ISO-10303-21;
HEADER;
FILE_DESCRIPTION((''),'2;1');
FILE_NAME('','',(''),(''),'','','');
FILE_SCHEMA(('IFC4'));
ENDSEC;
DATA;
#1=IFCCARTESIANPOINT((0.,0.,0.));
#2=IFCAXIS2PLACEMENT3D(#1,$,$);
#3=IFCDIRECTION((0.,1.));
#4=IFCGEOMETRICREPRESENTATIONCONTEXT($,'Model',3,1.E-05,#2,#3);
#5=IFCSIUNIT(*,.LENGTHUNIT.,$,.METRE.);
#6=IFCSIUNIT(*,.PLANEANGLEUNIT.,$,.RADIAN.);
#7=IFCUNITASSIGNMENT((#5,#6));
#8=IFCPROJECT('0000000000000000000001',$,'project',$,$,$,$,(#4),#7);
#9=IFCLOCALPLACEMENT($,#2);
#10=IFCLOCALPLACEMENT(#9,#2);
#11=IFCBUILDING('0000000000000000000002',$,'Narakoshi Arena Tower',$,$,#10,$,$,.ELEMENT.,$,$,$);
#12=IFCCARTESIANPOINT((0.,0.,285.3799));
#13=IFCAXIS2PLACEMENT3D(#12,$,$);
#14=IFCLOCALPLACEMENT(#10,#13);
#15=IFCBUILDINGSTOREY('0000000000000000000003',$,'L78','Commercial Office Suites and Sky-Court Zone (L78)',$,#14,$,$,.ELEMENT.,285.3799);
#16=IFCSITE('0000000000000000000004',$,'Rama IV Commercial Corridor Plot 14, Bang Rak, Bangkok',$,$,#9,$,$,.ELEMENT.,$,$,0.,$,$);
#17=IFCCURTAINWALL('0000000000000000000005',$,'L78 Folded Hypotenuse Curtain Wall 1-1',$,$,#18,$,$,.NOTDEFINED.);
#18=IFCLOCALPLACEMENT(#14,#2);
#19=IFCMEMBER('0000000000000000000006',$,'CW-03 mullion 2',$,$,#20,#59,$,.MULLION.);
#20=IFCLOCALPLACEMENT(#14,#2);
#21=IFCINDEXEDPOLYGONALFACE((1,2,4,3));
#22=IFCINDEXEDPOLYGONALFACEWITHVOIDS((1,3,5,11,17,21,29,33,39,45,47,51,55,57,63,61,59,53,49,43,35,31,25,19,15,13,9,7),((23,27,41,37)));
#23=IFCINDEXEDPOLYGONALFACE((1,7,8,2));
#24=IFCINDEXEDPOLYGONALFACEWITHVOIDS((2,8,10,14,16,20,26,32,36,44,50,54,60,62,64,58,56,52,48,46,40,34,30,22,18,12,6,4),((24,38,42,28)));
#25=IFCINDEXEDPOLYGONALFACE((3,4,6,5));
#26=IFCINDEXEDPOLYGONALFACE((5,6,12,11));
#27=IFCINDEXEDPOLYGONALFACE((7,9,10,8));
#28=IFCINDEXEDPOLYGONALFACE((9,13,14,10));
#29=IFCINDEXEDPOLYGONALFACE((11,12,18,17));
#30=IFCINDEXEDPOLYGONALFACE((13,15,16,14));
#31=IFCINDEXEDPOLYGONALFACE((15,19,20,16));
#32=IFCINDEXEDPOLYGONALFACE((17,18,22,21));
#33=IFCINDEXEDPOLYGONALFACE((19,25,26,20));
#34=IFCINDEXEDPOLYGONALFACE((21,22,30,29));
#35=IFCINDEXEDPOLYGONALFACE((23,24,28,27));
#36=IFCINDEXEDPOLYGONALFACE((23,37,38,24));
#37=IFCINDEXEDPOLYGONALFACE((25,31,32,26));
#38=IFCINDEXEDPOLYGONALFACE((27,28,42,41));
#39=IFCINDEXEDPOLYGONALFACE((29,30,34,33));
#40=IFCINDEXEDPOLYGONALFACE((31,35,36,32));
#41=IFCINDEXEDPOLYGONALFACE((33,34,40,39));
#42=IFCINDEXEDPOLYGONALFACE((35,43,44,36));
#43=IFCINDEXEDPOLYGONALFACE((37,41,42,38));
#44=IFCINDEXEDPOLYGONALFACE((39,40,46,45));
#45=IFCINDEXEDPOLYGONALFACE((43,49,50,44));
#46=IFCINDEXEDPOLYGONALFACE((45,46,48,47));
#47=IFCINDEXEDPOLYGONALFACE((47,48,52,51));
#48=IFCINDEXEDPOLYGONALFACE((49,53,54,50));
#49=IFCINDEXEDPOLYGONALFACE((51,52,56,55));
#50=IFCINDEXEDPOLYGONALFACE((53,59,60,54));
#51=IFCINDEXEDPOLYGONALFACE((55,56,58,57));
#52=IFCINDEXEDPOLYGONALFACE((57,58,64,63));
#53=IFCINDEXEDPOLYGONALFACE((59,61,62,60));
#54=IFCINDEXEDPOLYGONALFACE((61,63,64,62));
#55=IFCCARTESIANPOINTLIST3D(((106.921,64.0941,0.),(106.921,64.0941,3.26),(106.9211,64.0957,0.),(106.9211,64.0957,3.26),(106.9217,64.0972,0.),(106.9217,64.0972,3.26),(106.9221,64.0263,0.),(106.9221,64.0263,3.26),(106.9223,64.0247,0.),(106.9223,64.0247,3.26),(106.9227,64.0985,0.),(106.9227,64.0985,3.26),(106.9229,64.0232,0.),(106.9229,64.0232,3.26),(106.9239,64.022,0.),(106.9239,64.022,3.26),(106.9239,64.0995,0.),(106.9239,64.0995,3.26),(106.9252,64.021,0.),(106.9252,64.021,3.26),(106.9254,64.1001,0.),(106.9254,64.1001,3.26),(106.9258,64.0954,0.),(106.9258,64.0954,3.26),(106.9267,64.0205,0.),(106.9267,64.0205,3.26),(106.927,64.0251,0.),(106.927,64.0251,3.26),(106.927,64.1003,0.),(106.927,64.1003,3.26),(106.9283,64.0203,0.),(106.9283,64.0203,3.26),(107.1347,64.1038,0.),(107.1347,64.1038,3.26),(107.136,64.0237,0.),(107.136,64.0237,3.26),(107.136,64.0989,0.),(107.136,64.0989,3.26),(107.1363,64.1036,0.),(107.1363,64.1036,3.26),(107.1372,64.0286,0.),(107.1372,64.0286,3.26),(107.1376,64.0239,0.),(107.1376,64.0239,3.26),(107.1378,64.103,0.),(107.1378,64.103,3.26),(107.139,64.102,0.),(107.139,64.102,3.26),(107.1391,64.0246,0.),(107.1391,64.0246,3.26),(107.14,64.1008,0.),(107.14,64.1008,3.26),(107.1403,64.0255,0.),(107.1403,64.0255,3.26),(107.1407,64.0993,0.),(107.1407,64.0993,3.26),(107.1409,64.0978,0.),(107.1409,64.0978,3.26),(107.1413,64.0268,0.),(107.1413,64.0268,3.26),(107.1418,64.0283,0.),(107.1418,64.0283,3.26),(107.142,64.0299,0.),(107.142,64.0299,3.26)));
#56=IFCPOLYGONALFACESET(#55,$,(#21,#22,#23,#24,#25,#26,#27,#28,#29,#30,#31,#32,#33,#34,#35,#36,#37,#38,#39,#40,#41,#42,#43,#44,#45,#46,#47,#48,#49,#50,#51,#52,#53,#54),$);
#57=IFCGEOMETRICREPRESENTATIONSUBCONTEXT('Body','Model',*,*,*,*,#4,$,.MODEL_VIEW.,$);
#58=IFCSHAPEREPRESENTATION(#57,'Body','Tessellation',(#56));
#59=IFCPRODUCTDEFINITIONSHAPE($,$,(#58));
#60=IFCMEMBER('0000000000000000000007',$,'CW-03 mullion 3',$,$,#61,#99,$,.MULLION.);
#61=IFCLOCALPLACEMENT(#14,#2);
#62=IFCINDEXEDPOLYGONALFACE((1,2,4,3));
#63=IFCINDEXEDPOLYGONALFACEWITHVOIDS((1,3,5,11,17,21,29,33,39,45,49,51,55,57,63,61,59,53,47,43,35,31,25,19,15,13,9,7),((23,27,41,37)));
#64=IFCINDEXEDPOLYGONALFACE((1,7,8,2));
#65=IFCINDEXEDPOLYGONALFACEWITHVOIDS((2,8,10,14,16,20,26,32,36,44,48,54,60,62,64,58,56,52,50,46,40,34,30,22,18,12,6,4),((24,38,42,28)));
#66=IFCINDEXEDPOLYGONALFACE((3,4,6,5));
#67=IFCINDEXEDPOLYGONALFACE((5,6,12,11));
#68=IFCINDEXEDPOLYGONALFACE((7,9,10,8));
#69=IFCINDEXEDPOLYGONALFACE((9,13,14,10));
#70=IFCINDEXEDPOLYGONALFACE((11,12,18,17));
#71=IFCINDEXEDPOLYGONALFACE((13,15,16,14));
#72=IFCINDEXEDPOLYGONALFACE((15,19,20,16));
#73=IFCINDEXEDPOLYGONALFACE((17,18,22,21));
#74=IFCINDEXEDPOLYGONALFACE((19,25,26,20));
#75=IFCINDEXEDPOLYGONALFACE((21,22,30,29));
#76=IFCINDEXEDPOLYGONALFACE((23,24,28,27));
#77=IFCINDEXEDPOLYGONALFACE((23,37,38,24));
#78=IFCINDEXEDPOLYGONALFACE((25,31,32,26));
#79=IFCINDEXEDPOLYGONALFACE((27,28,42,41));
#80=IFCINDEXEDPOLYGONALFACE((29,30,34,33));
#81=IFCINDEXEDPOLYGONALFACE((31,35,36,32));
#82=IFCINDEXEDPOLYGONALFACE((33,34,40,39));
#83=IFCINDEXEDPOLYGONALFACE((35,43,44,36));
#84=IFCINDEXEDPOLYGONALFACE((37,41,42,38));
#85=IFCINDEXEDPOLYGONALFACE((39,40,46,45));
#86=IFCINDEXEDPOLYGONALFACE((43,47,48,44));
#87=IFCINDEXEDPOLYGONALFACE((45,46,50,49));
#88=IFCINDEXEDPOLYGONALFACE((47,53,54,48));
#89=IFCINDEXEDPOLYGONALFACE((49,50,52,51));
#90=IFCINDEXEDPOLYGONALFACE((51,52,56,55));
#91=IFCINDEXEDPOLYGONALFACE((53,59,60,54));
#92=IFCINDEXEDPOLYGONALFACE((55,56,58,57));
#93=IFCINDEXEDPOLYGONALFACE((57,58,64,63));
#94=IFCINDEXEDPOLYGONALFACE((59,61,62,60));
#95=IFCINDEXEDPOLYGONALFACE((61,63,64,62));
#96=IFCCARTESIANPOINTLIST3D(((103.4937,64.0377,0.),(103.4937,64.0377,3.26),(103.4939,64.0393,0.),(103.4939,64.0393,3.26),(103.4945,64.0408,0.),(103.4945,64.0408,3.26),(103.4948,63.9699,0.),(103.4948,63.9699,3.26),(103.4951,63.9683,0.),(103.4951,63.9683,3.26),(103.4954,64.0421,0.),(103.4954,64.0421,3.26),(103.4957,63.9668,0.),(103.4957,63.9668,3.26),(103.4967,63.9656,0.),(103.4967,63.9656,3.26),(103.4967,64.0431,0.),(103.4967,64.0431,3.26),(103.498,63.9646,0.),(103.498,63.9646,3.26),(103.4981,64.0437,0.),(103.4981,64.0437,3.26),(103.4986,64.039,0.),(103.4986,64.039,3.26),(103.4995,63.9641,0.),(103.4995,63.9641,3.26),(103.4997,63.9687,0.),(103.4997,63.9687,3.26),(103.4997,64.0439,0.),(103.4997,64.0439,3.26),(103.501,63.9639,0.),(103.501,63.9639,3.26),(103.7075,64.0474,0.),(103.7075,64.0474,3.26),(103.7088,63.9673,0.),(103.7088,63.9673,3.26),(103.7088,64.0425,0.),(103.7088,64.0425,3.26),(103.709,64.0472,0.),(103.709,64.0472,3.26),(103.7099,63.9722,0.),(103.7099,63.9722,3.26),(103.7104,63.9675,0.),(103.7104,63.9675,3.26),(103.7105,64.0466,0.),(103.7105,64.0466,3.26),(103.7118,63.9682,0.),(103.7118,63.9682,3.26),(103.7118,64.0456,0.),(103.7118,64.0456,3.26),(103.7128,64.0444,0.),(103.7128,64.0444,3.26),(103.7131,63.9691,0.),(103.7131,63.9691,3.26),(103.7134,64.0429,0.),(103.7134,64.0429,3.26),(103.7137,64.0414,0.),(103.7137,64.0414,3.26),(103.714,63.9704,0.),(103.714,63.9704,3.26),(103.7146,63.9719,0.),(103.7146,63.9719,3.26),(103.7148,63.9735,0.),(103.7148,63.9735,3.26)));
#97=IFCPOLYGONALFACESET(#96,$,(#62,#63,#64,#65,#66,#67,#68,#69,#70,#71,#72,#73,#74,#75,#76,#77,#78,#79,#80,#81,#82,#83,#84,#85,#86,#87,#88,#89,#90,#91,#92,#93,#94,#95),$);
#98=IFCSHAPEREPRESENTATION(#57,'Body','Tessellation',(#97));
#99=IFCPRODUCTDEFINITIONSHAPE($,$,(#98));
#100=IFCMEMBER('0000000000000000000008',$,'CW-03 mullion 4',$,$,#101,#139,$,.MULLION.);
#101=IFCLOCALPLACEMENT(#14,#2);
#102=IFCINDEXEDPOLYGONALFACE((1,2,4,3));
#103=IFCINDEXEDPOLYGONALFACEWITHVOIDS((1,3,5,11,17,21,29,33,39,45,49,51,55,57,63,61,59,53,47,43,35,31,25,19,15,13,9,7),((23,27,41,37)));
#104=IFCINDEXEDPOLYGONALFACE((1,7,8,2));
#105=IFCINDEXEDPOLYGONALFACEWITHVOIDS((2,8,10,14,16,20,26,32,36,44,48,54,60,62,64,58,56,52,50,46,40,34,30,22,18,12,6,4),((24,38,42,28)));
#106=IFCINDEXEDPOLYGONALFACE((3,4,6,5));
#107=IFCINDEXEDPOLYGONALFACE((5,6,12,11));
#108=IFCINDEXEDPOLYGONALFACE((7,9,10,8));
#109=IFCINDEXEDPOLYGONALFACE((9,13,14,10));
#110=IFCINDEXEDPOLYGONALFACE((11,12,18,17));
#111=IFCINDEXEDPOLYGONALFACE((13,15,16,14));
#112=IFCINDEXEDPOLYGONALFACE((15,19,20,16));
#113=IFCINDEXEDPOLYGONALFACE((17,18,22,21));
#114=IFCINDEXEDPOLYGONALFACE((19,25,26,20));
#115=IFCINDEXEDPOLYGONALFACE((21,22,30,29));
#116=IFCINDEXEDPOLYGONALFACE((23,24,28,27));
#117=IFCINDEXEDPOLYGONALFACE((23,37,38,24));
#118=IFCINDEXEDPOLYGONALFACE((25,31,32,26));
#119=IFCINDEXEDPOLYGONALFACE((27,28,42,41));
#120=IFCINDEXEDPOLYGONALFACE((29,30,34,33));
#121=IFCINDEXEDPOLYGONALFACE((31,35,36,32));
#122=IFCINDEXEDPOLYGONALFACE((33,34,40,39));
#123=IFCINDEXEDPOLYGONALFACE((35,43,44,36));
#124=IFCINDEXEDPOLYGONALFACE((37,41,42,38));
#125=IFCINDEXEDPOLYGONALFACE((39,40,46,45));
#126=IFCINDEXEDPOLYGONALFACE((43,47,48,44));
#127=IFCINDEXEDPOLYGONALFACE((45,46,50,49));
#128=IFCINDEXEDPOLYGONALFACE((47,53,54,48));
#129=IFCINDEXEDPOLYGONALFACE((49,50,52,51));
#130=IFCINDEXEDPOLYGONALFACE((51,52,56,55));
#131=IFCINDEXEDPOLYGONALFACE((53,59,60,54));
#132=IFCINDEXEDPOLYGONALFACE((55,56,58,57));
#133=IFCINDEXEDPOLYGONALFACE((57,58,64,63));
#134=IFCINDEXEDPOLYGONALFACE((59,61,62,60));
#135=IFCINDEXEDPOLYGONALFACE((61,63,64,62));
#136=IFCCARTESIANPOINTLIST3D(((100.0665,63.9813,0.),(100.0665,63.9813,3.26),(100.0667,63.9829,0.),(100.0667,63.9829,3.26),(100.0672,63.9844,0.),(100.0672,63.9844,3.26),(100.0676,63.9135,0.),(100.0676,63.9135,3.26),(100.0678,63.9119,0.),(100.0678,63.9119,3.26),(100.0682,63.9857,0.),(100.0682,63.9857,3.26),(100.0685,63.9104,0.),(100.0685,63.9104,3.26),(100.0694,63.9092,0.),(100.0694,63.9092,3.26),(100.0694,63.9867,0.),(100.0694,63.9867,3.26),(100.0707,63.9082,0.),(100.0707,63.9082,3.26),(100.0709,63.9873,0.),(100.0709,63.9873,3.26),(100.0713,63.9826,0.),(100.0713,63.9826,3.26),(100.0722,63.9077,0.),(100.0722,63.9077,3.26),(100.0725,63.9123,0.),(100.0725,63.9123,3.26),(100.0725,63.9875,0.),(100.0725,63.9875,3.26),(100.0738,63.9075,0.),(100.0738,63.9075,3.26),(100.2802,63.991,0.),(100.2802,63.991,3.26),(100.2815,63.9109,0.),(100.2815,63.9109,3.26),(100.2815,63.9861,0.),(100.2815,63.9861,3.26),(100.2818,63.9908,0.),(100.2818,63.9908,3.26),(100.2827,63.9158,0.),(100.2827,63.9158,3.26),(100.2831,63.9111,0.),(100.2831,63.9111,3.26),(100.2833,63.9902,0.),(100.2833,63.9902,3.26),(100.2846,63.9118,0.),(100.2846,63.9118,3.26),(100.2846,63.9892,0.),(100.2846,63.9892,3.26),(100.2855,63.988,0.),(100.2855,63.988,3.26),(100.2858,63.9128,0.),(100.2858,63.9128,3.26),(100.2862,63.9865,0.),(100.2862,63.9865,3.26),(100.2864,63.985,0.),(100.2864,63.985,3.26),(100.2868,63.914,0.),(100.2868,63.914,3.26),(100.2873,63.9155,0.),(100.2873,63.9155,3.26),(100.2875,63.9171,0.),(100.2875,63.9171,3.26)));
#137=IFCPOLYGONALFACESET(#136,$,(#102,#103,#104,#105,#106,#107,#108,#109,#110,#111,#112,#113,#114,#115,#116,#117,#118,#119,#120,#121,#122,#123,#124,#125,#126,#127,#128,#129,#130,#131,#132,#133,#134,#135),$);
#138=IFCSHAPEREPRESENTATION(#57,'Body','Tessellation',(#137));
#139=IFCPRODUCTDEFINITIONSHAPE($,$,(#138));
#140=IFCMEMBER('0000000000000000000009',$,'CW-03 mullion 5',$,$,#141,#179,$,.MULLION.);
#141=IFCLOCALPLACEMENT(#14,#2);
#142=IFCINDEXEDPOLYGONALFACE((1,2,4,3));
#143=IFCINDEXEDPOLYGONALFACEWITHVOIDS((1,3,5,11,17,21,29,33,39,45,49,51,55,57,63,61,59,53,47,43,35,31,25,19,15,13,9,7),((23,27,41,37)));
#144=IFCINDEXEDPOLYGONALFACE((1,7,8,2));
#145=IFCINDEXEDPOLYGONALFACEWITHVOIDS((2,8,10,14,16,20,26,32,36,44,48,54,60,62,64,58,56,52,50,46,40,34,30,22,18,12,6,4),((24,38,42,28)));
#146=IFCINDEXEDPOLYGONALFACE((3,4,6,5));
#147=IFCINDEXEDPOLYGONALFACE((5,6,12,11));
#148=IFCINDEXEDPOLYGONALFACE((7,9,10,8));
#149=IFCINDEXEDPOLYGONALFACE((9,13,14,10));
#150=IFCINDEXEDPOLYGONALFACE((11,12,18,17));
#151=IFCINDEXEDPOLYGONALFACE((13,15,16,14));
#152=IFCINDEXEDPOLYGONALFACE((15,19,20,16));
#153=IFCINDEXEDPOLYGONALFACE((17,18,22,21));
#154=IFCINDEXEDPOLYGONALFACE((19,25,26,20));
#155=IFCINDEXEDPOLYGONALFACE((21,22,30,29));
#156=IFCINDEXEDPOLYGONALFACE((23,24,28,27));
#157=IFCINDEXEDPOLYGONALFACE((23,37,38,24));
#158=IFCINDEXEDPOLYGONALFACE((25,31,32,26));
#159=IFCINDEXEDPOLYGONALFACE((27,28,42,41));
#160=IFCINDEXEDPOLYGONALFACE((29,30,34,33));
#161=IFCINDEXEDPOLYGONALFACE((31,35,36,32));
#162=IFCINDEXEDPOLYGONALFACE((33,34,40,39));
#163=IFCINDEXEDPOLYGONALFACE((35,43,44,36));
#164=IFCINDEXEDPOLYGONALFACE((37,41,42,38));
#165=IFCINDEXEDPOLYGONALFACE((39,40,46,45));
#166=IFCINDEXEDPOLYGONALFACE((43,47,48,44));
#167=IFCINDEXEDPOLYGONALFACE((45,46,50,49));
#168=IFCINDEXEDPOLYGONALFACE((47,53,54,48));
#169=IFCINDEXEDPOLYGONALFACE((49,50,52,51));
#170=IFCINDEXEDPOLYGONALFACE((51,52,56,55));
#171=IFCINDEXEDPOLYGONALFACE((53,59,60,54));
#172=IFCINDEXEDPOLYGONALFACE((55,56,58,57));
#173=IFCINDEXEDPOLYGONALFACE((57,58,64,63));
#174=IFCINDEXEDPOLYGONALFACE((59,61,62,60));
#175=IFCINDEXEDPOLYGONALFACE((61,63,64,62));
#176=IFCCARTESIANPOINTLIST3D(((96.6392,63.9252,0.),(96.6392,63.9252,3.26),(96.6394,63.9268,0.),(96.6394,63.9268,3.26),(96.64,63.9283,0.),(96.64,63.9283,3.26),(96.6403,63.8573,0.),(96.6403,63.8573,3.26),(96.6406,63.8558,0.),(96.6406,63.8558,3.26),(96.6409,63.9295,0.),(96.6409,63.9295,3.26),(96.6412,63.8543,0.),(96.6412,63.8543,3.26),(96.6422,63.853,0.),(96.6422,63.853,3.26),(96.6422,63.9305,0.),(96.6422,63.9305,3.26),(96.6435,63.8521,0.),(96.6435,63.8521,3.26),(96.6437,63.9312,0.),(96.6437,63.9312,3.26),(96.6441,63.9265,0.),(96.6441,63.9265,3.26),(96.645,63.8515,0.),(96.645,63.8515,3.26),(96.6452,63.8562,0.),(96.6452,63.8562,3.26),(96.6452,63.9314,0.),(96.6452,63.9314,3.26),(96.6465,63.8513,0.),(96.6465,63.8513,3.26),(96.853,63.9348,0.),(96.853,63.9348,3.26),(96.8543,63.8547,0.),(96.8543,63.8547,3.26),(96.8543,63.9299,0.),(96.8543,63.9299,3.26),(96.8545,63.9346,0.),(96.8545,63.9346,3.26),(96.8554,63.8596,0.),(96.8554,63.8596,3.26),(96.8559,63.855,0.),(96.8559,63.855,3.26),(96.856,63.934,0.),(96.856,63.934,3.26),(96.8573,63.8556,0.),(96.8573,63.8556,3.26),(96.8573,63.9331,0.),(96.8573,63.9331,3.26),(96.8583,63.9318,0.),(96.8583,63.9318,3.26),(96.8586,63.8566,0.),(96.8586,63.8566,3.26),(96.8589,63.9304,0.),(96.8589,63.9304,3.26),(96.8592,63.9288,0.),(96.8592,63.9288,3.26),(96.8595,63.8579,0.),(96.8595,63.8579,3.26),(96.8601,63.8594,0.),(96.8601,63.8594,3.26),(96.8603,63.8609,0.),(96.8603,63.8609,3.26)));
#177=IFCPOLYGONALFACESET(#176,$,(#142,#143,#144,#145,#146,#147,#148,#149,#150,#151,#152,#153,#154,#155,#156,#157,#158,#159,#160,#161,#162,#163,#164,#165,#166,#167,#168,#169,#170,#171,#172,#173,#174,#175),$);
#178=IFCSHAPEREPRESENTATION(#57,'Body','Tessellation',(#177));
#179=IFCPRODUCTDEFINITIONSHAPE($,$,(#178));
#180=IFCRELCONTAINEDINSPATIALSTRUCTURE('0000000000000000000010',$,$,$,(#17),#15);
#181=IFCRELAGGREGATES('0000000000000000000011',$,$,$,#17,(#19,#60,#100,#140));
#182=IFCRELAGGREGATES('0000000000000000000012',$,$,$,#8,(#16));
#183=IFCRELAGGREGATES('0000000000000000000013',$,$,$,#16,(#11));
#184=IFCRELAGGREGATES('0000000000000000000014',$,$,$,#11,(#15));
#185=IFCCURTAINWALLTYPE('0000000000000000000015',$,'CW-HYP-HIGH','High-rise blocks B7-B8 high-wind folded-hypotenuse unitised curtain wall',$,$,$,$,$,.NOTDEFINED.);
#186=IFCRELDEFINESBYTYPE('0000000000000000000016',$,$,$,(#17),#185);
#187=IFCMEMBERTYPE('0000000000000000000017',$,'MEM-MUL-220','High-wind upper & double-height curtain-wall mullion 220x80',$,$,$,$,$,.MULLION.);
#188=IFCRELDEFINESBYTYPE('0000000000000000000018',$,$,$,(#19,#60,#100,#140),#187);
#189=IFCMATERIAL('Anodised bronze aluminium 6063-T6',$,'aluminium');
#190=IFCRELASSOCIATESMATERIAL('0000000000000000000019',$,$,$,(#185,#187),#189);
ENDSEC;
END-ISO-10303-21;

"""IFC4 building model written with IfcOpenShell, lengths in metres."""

from ifc_helpers import new_model, si_unit, direction, frame, origin, origin_2d, place, context, subcontext, project, spatial, hollow_rectangle, extrude, material, material_profile, profile_set, type_object, element, aggregate, save


model = new_model("IFC4")

# Units and contexts
model_context = context("Model", 3, precision=1e-05, world=origin(), true_north=direction((0.0, 1.0)))
body_context = subcontext(model_context, "Body", "Model", "MODEL_VIEW")
ifc_project = project(units=[si_unit("LENGTHUNIT", "METRE"), si_unit("PLANEANGLEUNIT", "RADIAN")], contexts=[model_context])

# Site, building, storey
site_placement = place(None, origin())
site = spatial("IfcSite", under=ifc_project, at=site_placement, Name="Rama IV Commercial Corridor Plot 14, Bang Rak, Bangkok", CompositionType="ELEMENT", RefElevation=0.0)
building_placement = place(site_placement, origin())
building = spatial("IfcBuilding", under=site, at=building_placement, Name="Narakoshi Arena Tower", CompositionType="ELEMENT")
storey_placement = place(building_placement, frame((0.0, 0.0, 285.3799)))
storey = spatial("IfcBuildingStorey", under=building, at=storey_placement, Name="L78", Description="Commercial Office Suites and Sky-Court Zone (L78)", CompositionType="ELEMENT", Elevation=285.3799)

# Curtain wall, members
ifc_material_1 = material(Name="Anodised bronze aluminium 6063-T6", Category="aluminium")
curtain_wall_type = type_object("IfcCurtainWallType", Name="CW-HYP-HIGH", Description="High-rise blocks B7-B8 high-wind folded-hypotenuse unitised curtain wall", PredefinedType="NOTDEFINED", material=ifc_material_1)
curtain_wall_placement = place(storey_placement, origin())
curtain_wall = element("IfcCurtainWall", 1, at=curtain_wall_placement, inside=storey, type_object=curtain_wall_type, Name="L78 Folded Hypotenuse Curtain Wall 1-1", PredefinedType="NOTDEFINED")
ifc_material_profile_1 = material_profile(ifc_material_1, hollow_rectangle(XDim=0.0801, YDim=0.22, WallThickness=0.0049, OuterFilletRadius=0.0061, at=origin_2d()), Name="MUL220x80x5")
ifc_profile_set_1 = profile_set([ifc_material_profile_1], Name="Anodised bronze aluminium 6063-T6")
member_type_1 = type_object("IfcMemberType", Name="MEM-MUL-220", Description="High-wind upper & double-height curtain-wall mullion 220x80", PredefinedType="MULLION", material=ifc_profile_set_1)
member_1_placement = place(storey_placement, frame((107.0315, 64.062, 0.0), z_axis=(0.0, 0.0, 1.0), x_axis=(0.016443, -0.999865, 0.0)))
member_1 = element("IfcMember", 2, at=member_1_placement, type_object=member_type_1, Name="CW-03 mullion 2", PredefinedType="MULLION", context=body_context, shape_type="SweptSolid", body=[
    extrude(hollow_rectangle(XDim=0.0801, YDim=0.22, WallThickness=0.0049, OuterFilletRadius=0.0061, at=origin_2d()), origin(), (0.0, 0.0, 1.0), 3.26),
])
member_2_placement = place(storey_placement, frame((103.6042, 64.0056, 0.0), z_axis=(0.0, 0.0, 1.0), x_axis=(0.016443, -0.999865, 0.0)))
member_2 = element("IfcMember", 3, at=member_2_placement, type_object=member_type_1, Name="CW-03 mullion 3", PredefinedType="MULLION", context=body_context, shape_type="SweptSolid", body=[
    extrude(hollow_rectangle(XDim=0.0801, YDim=0.22, WallThickness=0.0049, OuterFilletRadius=0.0061, at=origin_2d()), origin(), (0.0, 0.0, 1.0), 3.26),
])
member_3_placement = place(storey_placement, frame((100.177, 63.9492, 0.0), z_axis=(0.0, 0.0, 1.0), x_axis=(0.016443, -0.999865, 0.0)))
member_3 = element("IfcMember", 4, at=member_3_placement, type_object=member_type_1, Name="CW-03 mullion 4", PredefinedType="MULLION", context=body_context, shape_type="SweptSolid", body=[
    extrude(hollow_rectangle(XDim=0.0801, YDim=0.22, WallThickness=0.0049, OuterFilletRadius=0.0061, at=origin_2d()), origin(), (0.0, 0.0, 1.0), 3.26),
])
member_4_placement = place(storey_placement, frame((96.7498, 63.8931, 0.0), z_axis=(0.0, 0.0, 1.0), x_axis=(0.016443, -0.999865, 0.0)))
member_4 = element("IfcMember", 5, at=member_4_placement, type_object=member_type_1, Name="CW-03 mullion 5", PredefinedType="MULLION", context=body_context, shape_type="SweptSolid", body=[
    extrude(hollow_rectangle(XDim=0.0801, YDim=0.22, WallThickness=0.0049, OuterFilletRadius=0.0061, at=origin_2d()), origin(), (0.0, 0.0, 1.0), 3.26),
])
aggregate(curtain_wall, [member_1, member_2, member_3, member_4])

save(model, "model.ifc")
